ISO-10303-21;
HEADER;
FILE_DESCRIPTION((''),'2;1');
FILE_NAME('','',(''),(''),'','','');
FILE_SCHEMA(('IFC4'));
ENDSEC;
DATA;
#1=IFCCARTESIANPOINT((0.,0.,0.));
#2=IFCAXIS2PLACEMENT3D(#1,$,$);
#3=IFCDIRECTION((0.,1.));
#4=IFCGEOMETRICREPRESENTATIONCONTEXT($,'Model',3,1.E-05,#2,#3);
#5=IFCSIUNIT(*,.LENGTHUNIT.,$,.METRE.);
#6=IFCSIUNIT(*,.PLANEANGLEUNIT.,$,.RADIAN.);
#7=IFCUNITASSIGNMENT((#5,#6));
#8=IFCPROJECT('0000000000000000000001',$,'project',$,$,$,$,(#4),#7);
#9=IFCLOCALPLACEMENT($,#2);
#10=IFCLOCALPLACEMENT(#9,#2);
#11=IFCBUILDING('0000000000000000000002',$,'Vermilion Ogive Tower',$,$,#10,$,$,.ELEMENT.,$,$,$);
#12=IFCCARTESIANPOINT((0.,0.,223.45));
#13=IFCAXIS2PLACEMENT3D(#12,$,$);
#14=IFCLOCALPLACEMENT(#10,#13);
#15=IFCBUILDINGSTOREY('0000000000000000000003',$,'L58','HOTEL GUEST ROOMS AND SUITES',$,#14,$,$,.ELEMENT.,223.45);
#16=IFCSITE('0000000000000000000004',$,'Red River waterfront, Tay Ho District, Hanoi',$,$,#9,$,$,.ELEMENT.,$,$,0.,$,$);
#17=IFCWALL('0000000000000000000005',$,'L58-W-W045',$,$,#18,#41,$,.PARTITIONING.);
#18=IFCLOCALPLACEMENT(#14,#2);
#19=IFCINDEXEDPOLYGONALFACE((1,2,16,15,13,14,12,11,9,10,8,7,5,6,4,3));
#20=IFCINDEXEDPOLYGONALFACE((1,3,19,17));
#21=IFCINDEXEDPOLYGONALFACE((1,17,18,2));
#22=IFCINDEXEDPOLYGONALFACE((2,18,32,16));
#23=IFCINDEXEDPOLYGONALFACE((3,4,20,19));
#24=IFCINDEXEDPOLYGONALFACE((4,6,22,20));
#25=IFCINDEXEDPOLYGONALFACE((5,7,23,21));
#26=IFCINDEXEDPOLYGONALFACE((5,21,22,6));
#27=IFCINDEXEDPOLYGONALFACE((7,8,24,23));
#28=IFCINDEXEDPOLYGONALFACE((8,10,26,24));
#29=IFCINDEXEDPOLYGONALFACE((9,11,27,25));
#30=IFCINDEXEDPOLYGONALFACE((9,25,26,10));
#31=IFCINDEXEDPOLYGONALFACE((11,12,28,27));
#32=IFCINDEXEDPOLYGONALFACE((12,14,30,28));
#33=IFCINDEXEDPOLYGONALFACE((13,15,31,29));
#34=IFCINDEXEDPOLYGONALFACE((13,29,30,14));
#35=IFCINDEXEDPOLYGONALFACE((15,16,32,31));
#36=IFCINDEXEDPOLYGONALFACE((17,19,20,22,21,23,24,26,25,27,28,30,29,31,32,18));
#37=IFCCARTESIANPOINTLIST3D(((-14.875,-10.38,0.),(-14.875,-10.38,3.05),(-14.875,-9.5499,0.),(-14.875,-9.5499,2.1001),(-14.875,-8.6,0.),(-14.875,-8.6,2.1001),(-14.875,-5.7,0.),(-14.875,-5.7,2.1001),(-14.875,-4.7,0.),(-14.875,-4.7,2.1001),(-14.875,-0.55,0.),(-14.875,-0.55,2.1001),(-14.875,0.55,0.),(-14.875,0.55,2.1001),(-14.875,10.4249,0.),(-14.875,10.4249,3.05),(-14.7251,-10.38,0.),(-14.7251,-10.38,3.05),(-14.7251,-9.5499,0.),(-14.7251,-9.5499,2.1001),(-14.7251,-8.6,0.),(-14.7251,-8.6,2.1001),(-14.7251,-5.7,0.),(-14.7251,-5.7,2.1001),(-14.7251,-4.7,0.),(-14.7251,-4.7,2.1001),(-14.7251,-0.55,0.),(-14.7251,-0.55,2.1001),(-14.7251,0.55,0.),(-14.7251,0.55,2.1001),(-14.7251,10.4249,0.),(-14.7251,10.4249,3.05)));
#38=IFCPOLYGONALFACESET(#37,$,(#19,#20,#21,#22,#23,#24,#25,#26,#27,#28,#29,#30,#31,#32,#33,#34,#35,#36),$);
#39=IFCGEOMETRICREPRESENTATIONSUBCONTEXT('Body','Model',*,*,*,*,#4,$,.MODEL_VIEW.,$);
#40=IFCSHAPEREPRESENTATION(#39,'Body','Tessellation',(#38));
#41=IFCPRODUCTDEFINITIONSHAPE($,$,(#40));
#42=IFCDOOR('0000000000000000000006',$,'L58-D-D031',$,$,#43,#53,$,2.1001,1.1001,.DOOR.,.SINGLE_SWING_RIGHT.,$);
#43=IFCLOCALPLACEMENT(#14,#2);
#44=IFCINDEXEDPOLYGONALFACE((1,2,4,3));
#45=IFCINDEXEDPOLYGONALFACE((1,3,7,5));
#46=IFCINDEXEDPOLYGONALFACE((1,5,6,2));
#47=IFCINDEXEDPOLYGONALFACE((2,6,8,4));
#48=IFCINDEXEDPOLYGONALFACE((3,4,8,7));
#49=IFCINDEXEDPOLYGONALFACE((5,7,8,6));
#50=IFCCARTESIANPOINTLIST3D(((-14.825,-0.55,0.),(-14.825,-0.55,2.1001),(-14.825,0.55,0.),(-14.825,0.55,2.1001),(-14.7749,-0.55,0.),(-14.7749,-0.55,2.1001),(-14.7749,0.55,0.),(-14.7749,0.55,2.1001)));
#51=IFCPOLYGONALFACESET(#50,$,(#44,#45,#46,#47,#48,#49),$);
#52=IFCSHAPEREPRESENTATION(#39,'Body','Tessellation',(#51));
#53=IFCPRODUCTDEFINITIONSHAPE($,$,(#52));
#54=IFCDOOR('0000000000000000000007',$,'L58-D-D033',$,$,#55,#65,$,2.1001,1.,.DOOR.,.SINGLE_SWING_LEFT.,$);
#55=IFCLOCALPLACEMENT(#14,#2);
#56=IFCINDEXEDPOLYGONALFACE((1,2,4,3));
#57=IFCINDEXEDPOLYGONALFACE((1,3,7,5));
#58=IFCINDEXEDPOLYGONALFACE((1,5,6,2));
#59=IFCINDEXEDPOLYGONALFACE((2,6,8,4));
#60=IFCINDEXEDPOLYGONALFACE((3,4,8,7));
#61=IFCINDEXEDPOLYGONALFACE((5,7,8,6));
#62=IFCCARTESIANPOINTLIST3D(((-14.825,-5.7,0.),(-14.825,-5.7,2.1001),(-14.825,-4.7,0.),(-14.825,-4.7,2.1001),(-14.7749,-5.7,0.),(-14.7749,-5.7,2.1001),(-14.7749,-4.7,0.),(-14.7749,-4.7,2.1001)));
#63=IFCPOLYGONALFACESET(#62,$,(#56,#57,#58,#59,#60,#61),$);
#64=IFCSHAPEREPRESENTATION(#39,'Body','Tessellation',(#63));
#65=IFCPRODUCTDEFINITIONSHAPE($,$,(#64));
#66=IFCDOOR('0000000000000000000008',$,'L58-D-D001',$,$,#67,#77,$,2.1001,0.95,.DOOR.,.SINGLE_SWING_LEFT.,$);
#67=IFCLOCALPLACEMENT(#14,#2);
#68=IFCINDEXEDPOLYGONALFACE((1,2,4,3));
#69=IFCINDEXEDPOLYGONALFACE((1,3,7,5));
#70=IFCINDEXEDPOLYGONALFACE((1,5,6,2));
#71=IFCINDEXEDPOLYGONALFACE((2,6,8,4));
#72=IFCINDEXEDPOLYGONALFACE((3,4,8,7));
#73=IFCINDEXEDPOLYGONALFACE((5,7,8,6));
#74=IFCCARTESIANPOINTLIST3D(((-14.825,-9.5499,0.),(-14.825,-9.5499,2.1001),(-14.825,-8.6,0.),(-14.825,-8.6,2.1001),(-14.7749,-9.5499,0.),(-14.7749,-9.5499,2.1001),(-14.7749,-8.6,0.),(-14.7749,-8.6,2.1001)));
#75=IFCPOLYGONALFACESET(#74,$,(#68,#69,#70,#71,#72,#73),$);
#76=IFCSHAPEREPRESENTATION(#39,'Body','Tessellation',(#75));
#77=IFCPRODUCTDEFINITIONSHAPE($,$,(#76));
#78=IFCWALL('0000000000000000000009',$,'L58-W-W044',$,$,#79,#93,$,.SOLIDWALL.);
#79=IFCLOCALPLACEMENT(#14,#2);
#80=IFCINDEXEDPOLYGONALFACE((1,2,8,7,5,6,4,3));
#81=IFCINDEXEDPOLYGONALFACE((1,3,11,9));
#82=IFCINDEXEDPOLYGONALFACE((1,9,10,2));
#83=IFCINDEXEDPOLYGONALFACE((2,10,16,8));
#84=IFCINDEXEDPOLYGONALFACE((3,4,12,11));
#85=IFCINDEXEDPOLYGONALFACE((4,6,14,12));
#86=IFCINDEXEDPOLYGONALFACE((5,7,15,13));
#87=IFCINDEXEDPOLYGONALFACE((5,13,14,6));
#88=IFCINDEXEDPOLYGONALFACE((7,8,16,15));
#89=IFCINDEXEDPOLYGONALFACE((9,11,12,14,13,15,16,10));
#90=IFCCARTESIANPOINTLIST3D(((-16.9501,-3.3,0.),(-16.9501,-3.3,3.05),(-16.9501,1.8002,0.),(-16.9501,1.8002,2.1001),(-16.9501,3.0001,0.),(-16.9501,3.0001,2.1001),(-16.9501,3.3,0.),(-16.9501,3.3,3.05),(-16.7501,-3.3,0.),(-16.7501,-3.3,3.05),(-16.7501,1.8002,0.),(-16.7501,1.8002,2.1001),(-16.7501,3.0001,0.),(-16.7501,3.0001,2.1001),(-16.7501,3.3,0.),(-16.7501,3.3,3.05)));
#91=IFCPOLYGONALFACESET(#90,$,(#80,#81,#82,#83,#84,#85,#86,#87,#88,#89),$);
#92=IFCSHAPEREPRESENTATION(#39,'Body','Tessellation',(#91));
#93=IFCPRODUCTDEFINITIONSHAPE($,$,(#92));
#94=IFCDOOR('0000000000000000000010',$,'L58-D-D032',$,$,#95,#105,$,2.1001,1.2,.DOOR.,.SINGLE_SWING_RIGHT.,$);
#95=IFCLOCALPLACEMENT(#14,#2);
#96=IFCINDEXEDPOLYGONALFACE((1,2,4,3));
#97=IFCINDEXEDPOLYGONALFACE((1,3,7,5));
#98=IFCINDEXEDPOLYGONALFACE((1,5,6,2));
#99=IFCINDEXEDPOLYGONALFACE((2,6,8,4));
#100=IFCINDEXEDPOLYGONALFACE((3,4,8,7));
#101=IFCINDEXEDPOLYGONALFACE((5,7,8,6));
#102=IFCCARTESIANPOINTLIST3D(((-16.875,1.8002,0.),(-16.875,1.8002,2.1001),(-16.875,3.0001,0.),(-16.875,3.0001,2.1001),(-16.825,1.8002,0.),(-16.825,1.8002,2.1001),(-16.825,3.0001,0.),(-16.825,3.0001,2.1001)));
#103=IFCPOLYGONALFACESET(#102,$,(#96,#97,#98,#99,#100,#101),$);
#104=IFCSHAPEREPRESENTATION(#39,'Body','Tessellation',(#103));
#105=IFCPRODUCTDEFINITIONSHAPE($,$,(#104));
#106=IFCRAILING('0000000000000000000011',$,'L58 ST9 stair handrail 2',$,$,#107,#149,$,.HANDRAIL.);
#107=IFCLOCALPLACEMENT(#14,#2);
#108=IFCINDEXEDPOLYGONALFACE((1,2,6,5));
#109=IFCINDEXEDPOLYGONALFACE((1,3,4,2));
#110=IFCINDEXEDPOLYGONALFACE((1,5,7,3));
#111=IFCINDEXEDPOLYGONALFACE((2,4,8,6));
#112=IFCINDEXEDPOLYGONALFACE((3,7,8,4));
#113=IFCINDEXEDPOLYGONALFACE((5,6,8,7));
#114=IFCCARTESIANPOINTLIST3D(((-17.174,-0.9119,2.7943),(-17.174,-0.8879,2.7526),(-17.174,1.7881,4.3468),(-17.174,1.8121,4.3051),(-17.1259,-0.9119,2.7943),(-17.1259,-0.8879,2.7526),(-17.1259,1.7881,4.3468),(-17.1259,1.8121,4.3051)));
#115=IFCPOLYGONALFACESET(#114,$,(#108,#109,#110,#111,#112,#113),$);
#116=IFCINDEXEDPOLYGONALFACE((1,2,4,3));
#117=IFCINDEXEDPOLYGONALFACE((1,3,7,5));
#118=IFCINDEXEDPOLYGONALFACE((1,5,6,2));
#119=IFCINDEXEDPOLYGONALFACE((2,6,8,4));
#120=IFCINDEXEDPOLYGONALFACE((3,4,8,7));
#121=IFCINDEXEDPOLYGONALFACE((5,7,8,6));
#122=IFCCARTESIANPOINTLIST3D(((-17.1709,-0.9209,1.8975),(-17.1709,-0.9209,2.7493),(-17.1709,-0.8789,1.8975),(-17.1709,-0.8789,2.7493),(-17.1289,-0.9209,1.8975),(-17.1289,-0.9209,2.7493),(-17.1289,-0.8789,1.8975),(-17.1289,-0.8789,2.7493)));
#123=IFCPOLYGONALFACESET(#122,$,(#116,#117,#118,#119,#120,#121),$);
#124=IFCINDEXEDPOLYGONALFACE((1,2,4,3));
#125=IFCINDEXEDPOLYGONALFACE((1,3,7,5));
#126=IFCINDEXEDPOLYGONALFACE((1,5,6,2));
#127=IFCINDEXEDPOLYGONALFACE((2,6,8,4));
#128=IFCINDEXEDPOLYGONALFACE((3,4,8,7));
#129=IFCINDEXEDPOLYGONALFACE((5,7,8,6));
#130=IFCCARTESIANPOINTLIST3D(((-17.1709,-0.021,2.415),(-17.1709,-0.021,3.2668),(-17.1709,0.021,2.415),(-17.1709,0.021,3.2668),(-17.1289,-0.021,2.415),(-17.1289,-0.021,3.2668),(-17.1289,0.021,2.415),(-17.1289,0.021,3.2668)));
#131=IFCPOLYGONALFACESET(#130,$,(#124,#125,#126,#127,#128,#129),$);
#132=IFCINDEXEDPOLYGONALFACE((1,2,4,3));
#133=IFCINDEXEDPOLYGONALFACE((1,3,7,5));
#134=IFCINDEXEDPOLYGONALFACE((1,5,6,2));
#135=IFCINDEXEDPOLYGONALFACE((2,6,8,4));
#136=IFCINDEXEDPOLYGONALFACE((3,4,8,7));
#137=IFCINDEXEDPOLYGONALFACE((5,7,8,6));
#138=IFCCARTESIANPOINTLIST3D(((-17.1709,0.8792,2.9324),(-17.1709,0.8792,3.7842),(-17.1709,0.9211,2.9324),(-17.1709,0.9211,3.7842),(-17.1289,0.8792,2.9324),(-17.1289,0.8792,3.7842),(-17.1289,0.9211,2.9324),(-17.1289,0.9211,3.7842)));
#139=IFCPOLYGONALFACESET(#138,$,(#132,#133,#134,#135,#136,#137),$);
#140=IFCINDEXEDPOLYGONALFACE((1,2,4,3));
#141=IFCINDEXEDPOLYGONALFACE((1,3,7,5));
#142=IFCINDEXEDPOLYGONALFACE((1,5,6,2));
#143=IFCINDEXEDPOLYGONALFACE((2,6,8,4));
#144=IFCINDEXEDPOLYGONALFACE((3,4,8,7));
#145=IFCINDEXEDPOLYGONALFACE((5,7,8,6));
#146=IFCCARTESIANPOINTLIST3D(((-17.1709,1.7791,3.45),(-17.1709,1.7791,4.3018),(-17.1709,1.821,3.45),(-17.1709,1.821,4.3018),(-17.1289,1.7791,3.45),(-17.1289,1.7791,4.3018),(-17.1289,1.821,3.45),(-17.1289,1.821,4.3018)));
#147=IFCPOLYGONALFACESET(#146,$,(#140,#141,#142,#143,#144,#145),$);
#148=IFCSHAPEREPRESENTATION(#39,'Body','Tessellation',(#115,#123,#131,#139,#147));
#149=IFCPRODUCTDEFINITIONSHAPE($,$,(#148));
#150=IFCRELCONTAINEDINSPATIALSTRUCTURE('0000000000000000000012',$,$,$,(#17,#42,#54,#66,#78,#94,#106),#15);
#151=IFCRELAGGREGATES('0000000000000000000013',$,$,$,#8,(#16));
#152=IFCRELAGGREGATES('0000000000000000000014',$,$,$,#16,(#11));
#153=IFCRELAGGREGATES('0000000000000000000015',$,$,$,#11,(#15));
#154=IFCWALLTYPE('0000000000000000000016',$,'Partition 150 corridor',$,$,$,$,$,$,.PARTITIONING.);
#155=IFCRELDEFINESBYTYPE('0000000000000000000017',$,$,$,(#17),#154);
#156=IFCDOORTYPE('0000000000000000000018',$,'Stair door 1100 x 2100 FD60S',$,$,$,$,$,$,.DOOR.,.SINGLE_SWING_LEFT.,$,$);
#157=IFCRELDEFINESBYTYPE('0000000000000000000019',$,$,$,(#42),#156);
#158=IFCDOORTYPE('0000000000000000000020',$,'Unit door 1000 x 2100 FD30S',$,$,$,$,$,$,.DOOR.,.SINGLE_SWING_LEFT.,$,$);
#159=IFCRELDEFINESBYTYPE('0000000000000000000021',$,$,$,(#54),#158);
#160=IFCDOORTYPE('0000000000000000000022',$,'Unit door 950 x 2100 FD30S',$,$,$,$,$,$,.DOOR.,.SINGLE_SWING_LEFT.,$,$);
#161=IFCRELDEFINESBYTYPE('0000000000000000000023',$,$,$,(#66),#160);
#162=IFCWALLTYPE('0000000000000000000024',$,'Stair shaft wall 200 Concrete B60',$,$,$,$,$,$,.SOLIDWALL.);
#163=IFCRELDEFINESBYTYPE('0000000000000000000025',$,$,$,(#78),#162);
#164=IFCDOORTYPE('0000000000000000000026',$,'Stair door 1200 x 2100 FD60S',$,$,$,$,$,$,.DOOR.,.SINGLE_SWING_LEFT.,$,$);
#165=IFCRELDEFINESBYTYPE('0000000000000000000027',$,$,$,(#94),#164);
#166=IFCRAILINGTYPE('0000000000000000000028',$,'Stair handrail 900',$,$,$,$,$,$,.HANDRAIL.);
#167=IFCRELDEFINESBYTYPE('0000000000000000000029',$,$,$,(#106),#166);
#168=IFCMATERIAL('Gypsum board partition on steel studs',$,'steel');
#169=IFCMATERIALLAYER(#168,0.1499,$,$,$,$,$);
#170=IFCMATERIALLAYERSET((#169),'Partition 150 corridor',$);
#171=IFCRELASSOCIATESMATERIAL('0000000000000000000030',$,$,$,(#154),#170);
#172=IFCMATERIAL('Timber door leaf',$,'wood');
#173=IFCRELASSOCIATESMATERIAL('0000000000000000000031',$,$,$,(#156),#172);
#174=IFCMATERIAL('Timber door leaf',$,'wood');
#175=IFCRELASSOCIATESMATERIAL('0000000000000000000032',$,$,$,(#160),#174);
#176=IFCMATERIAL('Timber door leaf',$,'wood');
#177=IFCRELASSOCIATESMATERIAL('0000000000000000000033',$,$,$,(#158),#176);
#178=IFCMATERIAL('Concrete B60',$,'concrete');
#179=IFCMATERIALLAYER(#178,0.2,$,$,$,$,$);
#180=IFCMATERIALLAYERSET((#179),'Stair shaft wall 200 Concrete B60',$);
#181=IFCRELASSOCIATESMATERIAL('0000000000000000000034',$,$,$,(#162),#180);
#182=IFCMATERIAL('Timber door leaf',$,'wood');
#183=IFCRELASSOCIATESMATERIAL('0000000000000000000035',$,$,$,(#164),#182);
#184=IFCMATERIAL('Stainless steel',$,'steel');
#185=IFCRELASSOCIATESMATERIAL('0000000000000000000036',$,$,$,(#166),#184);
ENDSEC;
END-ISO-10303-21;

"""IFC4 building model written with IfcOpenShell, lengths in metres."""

from ifc_helpers import new_model, si_unit, direction, frame, frame_2d, origin, origin_2d, place, context, subcontext, project, spatial, rectangle, extrude, material, layer, layer_set, type_object, element, fill, save


model = new_model("IFC4")

# Units and contexts
model_context = context("Model", 3, precision=1e-05, world=origin(), true_north=direction((0.0, 1.0)))
body_context = subcontext(model_context, "Body", "Model", "MODEL_VIEW")
ifc_project = project(units=[si_unit("LENGTHUNIT", "METRE"), si_unit("PLANEANGLEUNIT", "RADIAN")], contexts=[model_context])

# Site, building, storey
site_placement = place(None, origin())
site = spatial("IfcSite", under=ifc_project, at=site_placement, Name="Red River waterfront, Tay Ho District, Hanoi", CompositionType="ELEMENT", RefElevation=0.0)
building_placement = place(site_placement, origin())
building = spatial("IfcBuilding", under=site, at=building_placement, Name="Vermilion Ogive Tower", CompositionType="ELEMENT")
storey_placement = place(building_placement, frame((0.0, 0.0, 223.45)))
storey = spatial("IfcBuildingStorey", under=building, at=storey_placement, Name="L58", Description="HOTEL GUEST ROOMS AND SUITES", CompositionType="ELEMENT", Elevation=223.45)

# Wall, openings, doors
ifc_material_1 = material(Name="Gypsum board partition on steel studs", Category="steel")
ifc_layer_1 = layer(ifc_material_1, 0.1499)
ifc_layer_set_1 = layer_set([ifc_layer_1], Name="Partition 150 corridor")
wall_type_1 = type_object("IfcWallType", Name="Partition 150 corridor", PredefinedType="PARTITIONING", material=ifc_layer_set_1)
ifc_material_2 = material(Name="Timber door leaf", Category="wood")
door_type_1 = type_object("IfcDoorType", Name="Stair door 1100 x 2100 FD60S", OperationType="SINGLE_SWING_LEFT", PredefinedType="DOOR", material=ifc_material_2)
ifc_material_3 = material(Name="Timber door leaf", Category="wood")
door_type_2 = type_object("IfcDoorType", Name="Unit door 950 x 2100 FD30S", OperationType="SINGLE_SWING_LEFT", PredefinedType="DOOR", material=ifc_material_3)
wall_1_placement = place(storey_placement, frame((-14.8, -10.3799, 0.0), z_axis=(0.0, 0.0, 1.0), x_axis=(0.0, 1.0, 0.0)))
wall_1 = element("IfcWall", 1, at=wall_1_placement, inside=storey, type_object=wall_type_1, Name="L58-W-W045", PredefinedType="PARTITIONING", context=body_context, shape_type="SweptSolid", body=[
    extrude(rectangle(XDim=20.8049, YDim=0.1499, at=frame_2d((10.4023, 0.0))), origin(), (0.0, 0.0, 1.0), 3.05),
])
opening_1_placement = place(wall_1_placement, frame((0.8298, 0.0, 0.0)))
opening_1 = element("IfcOpeningElement", 2, at=opening_1_placement, cuts=wall_1, PredefinedType="OPENING", context=body_context, shape_type="SweptSolid", body=[
    extrude(rectangle(XDim=0.95, YDim=2.1001, at=frame_2d((0.4751, 1.05))), frame((0.0, 0.085, 0.0), z_axis=(0.0, -1.0, 0.0), x_axis=(1.0, 0.0, 0.0)), (0.0, 0.0, 1.0), 0.1699),
])
opening_2_placement = place(wall_1_placement, frame((9.8298, 0.0, 0.0)))
opening_2 = element("IfcOpeningElement", 3, at=opening_2_placement, cuts=wall_1, PredefinedType="OPENING", context=body_context, shape_type="SweptSolid", body=[
    extrude(rectangle(XDim=1.1001, YDim=2.1001, at=frame_2d((0.55, 1.05))), frame((0.0, 0.085, 0.0), z_axis=(0.0, -1.0, 0.0), x_axis=(1.0, 0.0, 0.0)), (0.0, 0.0, 1.0), 0.1699),
])
opening_3_placement = place(wall_1_placement, frame((4.6799, 0.0, 0.0)))
opening_3 = element("IfcOpeningElement", 4, at=opening_3_placement, cuts=wall_1, PredefinedType="OPENING", context=body_context, shape_type="SweptSolid", body=[
    extrude(rectangle(XDim=1.0, YDim=2.1001, at=frame_2d((0.5, 1.05))), frame((0.0, 0.085, 0.0), z_axis=(0.0, -1.0, 0.0), x_axis=(1.0, 0.0, 0.0)), (0.0, 0.0, 1.0), 0.1699),
])
door_1_placement = place(opening_2_placement, origin())
door_1 = element("IfcDoor", 5, at=door_1_placement, inside=storey, type_object=door_type_1, Name="L58-D-D031", OperationType="SINGLE_SWING_RIGHT", OverallHeight=2.1001, OverallWidth=1.1001, PredefinedType="DOOR", context=body_context, shape_type="SweptSolid", body=[
    extrude(rectangle(XDim=1.1001, YDim=2.1001, at=frame_2d((0.55, 1.05))), frame((0.0, 0.0249, 0.0), z_axis=(0.0, -1.0, 0.0), x_axis=(1.0, 0.0, 0.0)), (0.0, 0.0, 1.0), 0.05),
])
fill(opening_2, door_1)
ifc_material_4 = material(Name="Timber door leaf", Category="wood")
door_type_3 = type_object("IfcDoorType", Name="Unit door 1000 x 2100 FD30S", OperationType="SINGLE_SWING_LEFT", PredefinedType="DOOR", material=ifc_material_4)
door_2_placement = place(opening_3_placement, origin())
door_2 = element("IfcDoor", 6, at=door_2_placement, inside=storey, type_object=door_type_3, Name="L58-D-D033", OperationType="SINGLE_SWING_LEFT", OverallHeight=2.1001, OverallWidth=1.0, PredefinedType="DOOR", context=body_context, shape_type="SweptSolid", body=[
    extrude(rectangle(XDim=1.0, YDim=2.1001, at=frame_2d((0.5, 1.05))), frame((0.0, 0.0249, 0.0), z_axis=(0.0, -1.0, 0.0), x_axis=(1.0, 0.0, 0.0)), (0.0, 0.0, 1.0), 0.05),
])
fill(opening_3, door_2)
door_3_placement = place(opening_1_placement, origin())
door_3 = element("IfcDoor", 7, at=door_3_placement, inside=storey, type_object=door_type_2, Name="L58-D-D001", OperationType="SINGLE_SWING_LEFT", OverallHeight=2.1001, OverallWidth=0.95, PredefinedType="DOOR", context=body_context, shape_type="SweptSolid", body=[
    extrude(rectangle(XDim=0.95, YDim=2.1001, at=frame_2d((0.4751, 1.05))), frame((0.0, 0.0249, 0.0), z_axis=(0.0, -1.0, 0.0), x_axis=(1.0, 0.0, 0.0)), (0.0, 0.0, 1.0), 0.05),
])
fill(opening_1, door_3)

# Wall, opening, door
ifc_material_5 = material(Name="Concrete B60", Category="concrete")
ifc_layer_2 = layer(ifc_material_5, 0.2)
ifc_layer_set_2 = layer_set([ifc_layer_2], Name="Stair shaft wall 200 Concrete B60")
wall_type_2 = type_object("IfcWallType", Name="Stair shaft wall 200 Concrete B60", PredefinedType="SOLIDWALL", material=ifc_layer_set_2)
wall_2_placement = place(storey_placement, frame((-16.8501, -3.3, 0.0), z_axis=(0.0, 0.0, 1.0), x_axis=(0.0, 1.0, 0.0)))
wall_2 = element("IfcWall", 8, at=wall_2_placement, inside=storey, type_object=wall_type_2, Name="L58-W-W044", PredefinedType="SOLIDWALL", context=body_context, shape_type="SweptSolid", body=[
    extrude(rectangle(XDim=6.6001, YDim=0.2, at=frame_2d((3.3, 0.0))), origin(), (0.0, 0.0, 1.0), 3.05),
])
opening_4_placement = place(wall_2_placement, frame((5.1001, 0.0, 0.0)))
opening_4 = element("IfcOpeningElement", 9, at=opening_4_placement, cuts=wall_2, PredefinedType="OPENING", context=body_context, shape_type="SweptSolid", body=[
    extrude(rectangle(XDim=1.2, YDim=2.1001, at=frame_2d((0.6001, 1.05))), frame((0.0, 0.1099, 0.0), z_axis=(0.0, -1.0, 0.0), x_axis=(1.0, 0.0, 0.0)), (0.0, 0.0, 1.0), 0.22),
])
ifc_material_6 = material(Name="Timber door leaf", Category="wood")
door_type_4 = type_object("IfcDoorType", Name="Stair door 1200 x 2100 FD60S", OperationType="SINGLE_SWING_LEFT", PredefinedType="DOOR", material=ifc_material_6)
door_4_placement = place(opening_4_placement, origin())
door_4 = element("IfcDoor", 10, at=door_4_placement, inside=storey, type_object=door_type_4, Name="L58-D-D032", OperationType="SINGLE_SWING_RIGHT", OverallHeight=2.1001, OverallWidth=1.2, PredefinedType="DOOR", context=body_context, shape_type="SweptSolid", body=[
    extrude(rectangle(XDim=1.2, YDim=2.1001, at=frame_2d((0.6001, 1.05))), frame((0.0, 0.0249, 0.0), z_axis=(0.0, -1.0, 0.0), x_axis=(1.0, 0.0, 0.0)), (0.0, 0.0, 1.0), 0.05),
])
fill(opening_4, door_4)

# Railing
ifc_material_7 = material(Name="Stainless steel", Category="steel")
railing_type = type_object("IfcRailingType", Name="Stair handrail 900", PredefinedType="HANDRAIL", material=ifc_material_7)
railing_placement = place(storey_placement, frame((-17.1499, -0.8999, 1.8975)))
element("IfcRailing", 11, at=railing_placement, inside=storey, type_object=railing_type, Name="L58 ST9 stair handrail 2", PredefinedType="HANDRAIL", context=body_context, shape_type="SweptSolid", body=[
    extrude(rectangle(XDim=0.0481, YDim=0.0481, at=origin_2d()), frame((0.0, 0.0, 0.876), z_axis=(0.0, 0.866904, 0.498476), x_axis=(-1.0, 0.0, 0.0)), (0.0, 0.0, 1.0), 3.1145),
    extrude(rectangle(XDim=0.042, YDim=0.042, at=origin_2d()), origin(), (0.0, 0.0, 1.0), 0.8518),
    extrude(rectangle(XDim=0.042, YDim=0.042, at=origin_2d()), frame((0.0, 0.8999, 0.5176)), (0.0, 0.0, 1.0), 0.8518),
    extrude(rectangle(XDim=0.042, YDim=0.042, at=origin_2d()), frame((0.0, 1.8, 1.0349)), (0.0, 0.0, 1.0), 0.8518),
    extrude(rectangle(XDim=0.042, YDim=0.042, at=origin_2d()), frame((0.0, 2.7, 1.5525)), (0.0, 0.0, 1.0), 0.8518),
])

save(model, "model.ifc")
